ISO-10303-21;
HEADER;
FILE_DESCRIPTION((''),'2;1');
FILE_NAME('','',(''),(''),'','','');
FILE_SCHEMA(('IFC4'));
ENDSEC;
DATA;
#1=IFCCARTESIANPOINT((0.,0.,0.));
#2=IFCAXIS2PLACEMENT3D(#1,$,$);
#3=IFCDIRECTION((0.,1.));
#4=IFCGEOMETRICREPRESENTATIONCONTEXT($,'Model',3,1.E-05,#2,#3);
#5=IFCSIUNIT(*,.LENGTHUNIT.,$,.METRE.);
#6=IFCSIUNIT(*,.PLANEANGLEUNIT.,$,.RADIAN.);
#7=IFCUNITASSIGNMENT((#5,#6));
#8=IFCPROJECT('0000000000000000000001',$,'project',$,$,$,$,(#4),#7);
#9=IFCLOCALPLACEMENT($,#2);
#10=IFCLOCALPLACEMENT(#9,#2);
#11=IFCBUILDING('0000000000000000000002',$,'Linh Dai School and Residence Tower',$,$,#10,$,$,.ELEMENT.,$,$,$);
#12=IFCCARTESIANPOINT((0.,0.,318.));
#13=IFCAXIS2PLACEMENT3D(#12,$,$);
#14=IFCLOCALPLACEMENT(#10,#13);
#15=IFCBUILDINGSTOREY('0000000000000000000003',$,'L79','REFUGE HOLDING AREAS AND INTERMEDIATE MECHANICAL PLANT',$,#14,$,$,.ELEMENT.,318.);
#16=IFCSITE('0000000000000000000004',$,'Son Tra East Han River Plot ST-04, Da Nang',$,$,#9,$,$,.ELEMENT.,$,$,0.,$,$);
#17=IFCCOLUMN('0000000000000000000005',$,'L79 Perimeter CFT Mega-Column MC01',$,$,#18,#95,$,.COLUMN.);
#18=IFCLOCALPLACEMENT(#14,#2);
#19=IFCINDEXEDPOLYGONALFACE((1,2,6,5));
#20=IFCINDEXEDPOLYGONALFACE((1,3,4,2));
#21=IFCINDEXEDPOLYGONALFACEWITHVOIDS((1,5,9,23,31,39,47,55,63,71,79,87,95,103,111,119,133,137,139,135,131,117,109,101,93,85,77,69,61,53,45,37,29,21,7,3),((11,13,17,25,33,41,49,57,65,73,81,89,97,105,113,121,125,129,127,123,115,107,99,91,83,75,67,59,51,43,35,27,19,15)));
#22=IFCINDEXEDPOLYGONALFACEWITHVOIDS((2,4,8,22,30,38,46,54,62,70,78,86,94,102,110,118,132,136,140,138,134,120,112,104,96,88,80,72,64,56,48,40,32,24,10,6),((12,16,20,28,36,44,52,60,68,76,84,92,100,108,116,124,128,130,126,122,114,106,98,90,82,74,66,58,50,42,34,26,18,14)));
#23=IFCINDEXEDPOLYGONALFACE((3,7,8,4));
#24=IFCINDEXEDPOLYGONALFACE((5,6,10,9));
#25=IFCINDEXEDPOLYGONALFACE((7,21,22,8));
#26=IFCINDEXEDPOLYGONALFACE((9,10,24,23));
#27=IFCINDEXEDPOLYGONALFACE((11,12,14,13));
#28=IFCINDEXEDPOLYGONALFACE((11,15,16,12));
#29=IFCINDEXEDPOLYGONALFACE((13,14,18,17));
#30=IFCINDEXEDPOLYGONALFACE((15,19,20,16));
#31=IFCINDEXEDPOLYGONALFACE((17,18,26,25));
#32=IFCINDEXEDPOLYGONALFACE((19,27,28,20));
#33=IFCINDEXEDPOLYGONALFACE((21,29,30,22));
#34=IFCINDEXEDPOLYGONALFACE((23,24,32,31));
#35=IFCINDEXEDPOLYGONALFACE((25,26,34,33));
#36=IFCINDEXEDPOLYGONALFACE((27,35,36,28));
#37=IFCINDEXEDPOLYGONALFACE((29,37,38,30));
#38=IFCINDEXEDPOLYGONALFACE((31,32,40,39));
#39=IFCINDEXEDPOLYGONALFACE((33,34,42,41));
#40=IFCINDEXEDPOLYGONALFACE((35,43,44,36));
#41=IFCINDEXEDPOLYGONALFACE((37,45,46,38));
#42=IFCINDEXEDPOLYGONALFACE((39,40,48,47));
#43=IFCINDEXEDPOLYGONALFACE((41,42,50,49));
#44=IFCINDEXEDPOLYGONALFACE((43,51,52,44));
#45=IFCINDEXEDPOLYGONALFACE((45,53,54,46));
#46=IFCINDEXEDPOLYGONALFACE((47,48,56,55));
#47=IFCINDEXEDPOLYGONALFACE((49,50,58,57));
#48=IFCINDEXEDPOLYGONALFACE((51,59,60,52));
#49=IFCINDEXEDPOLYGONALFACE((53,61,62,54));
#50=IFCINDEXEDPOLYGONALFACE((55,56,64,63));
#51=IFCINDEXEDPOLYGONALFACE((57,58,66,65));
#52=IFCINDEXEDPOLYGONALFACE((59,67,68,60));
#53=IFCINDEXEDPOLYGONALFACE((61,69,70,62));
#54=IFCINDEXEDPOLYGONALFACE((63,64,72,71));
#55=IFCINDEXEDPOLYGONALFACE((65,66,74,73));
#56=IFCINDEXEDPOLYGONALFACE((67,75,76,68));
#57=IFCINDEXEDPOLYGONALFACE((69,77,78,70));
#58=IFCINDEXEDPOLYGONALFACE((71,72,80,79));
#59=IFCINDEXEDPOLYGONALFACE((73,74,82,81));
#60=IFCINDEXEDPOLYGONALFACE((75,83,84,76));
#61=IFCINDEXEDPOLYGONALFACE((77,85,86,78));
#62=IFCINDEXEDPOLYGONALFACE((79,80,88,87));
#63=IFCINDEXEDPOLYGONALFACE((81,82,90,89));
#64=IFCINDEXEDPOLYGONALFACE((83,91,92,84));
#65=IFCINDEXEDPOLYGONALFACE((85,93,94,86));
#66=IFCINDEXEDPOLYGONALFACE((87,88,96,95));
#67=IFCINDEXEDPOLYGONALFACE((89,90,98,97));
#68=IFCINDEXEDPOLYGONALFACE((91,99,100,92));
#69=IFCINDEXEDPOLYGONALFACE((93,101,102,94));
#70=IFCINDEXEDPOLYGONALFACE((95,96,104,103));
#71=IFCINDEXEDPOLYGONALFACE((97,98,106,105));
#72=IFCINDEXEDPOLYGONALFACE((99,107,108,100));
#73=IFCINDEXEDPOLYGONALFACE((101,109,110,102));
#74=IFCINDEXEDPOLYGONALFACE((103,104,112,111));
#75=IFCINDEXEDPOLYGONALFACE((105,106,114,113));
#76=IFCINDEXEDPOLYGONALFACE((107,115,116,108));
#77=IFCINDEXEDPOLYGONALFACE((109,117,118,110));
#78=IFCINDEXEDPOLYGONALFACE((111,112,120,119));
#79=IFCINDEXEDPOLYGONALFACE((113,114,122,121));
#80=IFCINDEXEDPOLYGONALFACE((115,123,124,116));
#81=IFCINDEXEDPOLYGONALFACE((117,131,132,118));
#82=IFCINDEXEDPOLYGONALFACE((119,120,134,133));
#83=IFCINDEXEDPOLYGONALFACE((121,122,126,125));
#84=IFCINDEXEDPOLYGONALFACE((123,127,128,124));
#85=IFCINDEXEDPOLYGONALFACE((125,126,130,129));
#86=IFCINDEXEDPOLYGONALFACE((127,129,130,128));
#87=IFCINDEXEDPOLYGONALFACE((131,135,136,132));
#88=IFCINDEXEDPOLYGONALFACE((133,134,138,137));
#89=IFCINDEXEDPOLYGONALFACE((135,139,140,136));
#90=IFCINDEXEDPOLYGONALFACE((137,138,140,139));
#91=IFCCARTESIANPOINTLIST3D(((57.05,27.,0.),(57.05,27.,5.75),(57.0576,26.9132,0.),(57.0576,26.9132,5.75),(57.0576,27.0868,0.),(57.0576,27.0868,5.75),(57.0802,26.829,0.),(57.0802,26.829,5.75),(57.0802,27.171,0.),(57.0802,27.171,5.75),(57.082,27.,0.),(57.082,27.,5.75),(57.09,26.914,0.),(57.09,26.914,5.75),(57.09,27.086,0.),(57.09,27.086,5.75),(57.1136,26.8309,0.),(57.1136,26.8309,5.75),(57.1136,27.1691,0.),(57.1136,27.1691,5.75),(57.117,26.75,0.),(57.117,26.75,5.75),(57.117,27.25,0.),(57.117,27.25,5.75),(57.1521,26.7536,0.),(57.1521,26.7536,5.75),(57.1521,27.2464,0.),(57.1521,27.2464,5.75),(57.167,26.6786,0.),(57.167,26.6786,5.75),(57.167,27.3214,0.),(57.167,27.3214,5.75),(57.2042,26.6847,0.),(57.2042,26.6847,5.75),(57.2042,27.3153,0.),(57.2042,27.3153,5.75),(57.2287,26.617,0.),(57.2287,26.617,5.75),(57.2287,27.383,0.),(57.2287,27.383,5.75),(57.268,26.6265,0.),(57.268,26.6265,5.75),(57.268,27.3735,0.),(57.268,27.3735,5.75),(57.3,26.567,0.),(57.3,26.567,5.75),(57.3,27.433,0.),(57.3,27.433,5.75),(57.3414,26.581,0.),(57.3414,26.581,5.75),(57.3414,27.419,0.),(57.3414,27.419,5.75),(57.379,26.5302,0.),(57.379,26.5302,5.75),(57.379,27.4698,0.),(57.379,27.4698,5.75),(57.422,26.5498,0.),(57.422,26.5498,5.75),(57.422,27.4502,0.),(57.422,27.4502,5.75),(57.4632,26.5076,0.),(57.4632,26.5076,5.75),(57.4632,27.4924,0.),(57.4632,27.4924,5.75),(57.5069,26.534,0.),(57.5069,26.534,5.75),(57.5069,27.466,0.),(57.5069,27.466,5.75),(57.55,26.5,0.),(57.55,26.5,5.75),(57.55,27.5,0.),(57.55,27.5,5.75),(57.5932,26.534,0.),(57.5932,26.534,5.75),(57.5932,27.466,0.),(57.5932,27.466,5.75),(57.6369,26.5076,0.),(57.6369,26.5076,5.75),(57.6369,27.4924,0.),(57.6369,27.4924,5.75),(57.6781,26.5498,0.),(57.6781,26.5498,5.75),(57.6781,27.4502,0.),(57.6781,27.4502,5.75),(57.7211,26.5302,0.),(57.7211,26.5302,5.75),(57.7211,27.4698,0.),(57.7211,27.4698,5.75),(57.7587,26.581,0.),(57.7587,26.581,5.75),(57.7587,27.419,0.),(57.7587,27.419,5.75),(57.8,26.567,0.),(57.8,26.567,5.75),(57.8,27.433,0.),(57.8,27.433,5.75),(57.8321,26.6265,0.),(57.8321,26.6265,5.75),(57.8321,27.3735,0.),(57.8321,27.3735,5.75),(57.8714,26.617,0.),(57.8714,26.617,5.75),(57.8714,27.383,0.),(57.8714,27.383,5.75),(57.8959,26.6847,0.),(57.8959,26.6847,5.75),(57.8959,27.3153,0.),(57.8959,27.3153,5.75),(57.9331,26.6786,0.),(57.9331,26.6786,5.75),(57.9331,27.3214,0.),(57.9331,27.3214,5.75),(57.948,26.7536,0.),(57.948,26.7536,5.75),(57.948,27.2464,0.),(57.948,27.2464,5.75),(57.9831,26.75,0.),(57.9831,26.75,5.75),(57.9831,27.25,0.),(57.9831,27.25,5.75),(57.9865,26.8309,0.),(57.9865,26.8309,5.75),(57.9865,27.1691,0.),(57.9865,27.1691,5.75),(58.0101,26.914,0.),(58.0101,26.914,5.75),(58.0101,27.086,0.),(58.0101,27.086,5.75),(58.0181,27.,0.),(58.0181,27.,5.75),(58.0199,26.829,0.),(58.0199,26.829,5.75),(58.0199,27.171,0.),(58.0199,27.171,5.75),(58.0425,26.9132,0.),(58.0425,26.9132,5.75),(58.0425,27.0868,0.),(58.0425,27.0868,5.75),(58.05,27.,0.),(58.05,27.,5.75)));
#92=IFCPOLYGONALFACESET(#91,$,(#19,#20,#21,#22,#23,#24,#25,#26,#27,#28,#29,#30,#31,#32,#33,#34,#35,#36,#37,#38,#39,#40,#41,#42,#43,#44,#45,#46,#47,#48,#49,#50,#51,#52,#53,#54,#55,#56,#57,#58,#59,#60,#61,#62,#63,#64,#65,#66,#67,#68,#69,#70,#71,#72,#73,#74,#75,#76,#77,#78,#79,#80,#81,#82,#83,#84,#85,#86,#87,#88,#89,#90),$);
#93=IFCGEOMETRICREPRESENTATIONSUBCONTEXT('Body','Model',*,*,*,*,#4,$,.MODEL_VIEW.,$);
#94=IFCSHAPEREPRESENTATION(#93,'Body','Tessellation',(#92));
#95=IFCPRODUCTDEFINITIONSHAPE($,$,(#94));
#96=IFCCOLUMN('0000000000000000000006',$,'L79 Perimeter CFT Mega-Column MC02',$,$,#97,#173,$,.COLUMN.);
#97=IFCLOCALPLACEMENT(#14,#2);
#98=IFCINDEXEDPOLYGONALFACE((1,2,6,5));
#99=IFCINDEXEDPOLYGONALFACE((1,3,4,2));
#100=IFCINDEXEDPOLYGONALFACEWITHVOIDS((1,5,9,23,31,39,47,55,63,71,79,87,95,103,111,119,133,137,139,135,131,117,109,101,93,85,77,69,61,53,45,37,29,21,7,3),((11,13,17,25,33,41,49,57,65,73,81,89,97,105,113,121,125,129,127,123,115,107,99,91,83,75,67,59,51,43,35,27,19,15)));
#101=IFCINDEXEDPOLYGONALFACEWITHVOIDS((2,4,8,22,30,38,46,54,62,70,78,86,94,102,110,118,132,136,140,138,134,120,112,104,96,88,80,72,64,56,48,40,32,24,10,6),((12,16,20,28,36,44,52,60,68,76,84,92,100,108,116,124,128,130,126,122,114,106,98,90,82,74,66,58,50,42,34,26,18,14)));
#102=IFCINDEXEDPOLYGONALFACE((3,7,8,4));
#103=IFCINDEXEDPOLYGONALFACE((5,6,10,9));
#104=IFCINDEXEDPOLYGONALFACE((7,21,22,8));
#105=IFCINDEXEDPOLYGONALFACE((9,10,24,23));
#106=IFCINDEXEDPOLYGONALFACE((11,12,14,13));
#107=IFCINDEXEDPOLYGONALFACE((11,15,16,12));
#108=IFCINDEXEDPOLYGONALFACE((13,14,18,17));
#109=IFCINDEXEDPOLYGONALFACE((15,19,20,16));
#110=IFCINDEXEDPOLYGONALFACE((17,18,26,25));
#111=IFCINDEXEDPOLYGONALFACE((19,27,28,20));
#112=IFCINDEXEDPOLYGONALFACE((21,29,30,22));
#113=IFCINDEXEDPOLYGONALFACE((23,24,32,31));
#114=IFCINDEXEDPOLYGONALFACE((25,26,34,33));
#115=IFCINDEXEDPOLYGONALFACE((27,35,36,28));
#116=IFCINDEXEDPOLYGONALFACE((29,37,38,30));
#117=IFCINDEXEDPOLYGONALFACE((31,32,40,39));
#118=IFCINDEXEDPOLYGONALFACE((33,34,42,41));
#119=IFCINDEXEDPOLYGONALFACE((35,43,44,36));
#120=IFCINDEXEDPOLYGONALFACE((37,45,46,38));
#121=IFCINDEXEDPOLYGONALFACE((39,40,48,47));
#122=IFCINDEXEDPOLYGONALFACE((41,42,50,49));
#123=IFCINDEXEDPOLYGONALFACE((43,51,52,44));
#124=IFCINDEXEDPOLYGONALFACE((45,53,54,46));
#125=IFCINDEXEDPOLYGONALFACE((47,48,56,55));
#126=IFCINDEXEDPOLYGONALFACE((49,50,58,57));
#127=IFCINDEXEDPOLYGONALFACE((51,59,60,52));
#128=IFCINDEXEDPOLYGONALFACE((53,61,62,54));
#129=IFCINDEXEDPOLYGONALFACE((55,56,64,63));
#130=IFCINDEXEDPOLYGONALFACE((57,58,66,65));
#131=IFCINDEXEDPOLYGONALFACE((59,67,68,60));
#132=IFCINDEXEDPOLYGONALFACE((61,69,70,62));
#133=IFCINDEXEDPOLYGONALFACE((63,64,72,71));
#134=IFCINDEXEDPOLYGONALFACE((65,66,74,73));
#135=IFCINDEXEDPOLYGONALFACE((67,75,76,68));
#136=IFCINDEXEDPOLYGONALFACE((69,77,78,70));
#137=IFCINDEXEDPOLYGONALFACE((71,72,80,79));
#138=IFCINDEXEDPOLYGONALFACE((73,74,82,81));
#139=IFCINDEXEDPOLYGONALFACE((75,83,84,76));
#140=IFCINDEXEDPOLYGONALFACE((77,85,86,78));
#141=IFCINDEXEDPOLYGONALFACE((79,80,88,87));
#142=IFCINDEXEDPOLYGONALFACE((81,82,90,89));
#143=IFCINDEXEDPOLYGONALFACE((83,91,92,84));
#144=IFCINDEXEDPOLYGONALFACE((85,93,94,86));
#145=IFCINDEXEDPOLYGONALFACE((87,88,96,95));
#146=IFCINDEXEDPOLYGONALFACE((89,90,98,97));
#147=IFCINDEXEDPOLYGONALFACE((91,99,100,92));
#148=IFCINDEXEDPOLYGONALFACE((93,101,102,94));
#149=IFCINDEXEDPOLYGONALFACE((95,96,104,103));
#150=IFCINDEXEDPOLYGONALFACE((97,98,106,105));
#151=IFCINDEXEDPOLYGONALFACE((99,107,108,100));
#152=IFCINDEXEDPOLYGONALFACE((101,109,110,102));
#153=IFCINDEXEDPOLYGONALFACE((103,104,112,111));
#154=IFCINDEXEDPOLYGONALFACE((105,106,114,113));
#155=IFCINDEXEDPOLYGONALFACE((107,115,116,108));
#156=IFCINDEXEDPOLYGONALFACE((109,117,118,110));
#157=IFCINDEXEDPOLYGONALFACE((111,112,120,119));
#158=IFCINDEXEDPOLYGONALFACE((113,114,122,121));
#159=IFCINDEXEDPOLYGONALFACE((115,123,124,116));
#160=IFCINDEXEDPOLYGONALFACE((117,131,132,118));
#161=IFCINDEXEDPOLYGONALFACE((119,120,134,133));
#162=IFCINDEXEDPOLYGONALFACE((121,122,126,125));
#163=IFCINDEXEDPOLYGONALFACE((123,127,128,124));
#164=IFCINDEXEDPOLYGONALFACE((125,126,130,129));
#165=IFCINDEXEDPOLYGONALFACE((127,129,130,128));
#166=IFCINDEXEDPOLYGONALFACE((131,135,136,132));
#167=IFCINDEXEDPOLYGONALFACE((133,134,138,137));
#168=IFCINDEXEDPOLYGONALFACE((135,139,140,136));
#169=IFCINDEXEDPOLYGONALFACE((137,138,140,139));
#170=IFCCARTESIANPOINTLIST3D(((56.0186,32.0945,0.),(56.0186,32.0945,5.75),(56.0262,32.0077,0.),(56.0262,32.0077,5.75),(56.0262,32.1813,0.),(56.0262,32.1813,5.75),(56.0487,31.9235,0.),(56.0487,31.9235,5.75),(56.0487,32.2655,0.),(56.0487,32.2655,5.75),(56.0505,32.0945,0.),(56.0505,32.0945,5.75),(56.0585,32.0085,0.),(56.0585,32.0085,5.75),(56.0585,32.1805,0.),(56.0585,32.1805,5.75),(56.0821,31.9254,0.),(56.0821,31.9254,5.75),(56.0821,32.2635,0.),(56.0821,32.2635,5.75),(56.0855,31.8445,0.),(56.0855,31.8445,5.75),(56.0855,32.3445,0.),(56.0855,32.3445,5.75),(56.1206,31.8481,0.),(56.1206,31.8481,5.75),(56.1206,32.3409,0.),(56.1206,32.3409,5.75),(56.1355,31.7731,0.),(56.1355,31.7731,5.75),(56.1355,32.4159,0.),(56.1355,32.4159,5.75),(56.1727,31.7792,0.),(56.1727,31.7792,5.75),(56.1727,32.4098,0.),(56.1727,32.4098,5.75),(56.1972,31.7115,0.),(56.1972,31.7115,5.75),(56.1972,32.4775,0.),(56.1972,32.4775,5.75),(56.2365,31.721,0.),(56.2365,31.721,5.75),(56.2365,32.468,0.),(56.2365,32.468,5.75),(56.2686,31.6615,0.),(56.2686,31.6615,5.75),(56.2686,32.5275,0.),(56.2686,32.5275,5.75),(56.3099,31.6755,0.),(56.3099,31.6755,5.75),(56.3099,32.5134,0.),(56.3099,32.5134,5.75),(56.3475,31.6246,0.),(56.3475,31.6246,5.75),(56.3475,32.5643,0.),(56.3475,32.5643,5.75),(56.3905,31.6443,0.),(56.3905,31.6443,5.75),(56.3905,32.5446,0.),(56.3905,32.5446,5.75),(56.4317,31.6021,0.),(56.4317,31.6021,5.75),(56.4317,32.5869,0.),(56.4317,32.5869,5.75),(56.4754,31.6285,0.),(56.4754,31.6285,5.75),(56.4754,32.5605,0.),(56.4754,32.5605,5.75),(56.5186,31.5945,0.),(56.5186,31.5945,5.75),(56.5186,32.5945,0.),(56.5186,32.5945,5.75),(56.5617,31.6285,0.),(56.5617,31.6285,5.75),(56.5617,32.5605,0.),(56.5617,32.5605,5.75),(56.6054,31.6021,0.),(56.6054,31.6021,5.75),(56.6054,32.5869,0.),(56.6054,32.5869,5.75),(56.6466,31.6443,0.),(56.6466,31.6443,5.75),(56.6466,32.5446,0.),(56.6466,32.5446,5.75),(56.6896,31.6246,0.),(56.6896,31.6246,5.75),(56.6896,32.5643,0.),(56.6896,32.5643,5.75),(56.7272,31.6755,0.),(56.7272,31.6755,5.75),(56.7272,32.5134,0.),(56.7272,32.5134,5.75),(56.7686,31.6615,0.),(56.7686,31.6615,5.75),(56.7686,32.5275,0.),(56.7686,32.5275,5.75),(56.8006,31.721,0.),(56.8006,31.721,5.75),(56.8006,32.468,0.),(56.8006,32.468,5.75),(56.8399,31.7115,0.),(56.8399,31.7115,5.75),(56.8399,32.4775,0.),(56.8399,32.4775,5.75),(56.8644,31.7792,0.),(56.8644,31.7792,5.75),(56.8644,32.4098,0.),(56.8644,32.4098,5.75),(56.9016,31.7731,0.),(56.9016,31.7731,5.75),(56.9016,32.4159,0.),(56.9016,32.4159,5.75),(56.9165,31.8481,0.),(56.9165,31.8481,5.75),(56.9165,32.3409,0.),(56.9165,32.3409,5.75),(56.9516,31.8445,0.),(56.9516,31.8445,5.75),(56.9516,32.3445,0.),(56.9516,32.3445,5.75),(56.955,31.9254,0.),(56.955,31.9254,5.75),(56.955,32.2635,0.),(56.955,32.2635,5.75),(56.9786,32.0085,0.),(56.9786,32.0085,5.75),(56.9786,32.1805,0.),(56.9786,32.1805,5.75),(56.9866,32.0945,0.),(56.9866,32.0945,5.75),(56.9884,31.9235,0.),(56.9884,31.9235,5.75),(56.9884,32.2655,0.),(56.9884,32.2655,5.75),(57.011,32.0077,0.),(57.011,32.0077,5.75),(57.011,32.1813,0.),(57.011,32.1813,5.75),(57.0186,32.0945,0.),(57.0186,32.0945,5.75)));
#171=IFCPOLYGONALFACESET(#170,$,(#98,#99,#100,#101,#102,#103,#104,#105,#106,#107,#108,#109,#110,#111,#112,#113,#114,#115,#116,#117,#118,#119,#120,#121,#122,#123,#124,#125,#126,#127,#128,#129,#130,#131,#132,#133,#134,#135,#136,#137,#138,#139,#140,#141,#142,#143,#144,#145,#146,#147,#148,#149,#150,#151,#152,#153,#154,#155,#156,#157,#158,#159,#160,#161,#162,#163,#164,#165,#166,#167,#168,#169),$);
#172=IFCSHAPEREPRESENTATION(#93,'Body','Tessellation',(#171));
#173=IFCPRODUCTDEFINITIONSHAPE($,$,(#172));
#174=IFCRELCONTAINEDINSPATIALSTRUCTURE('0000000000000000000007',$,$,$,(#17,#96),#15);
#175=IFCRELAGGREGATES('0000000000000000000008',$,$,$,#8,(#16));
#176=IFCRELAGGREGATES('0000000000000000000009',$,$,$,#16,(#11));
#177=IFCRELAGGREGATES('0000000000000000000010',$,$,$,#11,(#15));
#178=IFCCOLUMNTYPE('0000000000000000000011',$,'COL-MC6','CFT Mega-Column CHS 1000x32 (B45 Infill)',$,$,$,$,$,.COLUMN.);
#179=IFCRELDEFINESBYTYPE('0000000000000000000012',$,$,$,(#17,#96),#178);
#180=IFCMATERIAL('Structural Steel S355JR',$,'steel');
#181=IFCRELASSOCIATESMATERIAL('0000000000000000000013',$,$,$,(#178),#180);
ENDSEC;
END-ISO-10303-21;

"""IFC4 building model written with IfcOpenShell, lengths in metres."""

from ifc_helpers import new_model, si_unit, direction, frame, origin, origin_2d, place, context, subcontext, project, spatial, hollow_circle, extrude, material, material_profile, profile_set, type_object, element, save


model = new_model("IFC4")

# Units and contexts
model_context = context("Model", 3, precision=1e-05, world=origin(), true_north=direction((0.0, 1.0)))
body_context = subcontext(model_context, "Body", "Model", "MODEL_VIEW")
ifc_project = project(units=[si_unit("LENGTHUNIT", "METRE"), si_unit("PLANEANGLEUNIT", "RADIAN")], contexts=[model_context])

# Site, building, storey
site_placement = place(None, origin())
site = spatial("IfcSite", under=ifc_project, at=site_placement, Name="Son Tra East Han River Plot ST-04, Da Nang", CompositionType="ELEMENT", RefElevation=0.0)
building_placement = place(site_placement, origin())
building = spatial("IfcBuilding", under=site, at=building_placement, Name="Linh Dai School and Residence Tower", CompositionType="ELEMENT")
storey_placement = place(building_placement, frame((0.0, 0.0, 318.0)))
storey = spatial("IfcBuildingStorey", under=building, at=storey_placement, Name="L79", Description="REFUGE HOLDING AREAS AND INTERMEDIATE MECHANICAL PLANT", CompositionType="ELEMENT", Elevation=318.0)

# Columns
ifc_material_1 = material(Name="Structural Steel S355JR", Category="steel")
ifc_material_profile_1 = material_profile(ifc_material_1, hollow_circle(Radius=0.5, WallThickness=0.032, at=origin_2d()), Name="CHS 1000x32")
ifc_profile_set_1 = profile_set([ifc_material_profile_1], Name="Structural Steel S355JR")
column_type = type_object("IfcColumnType", Name="COL-MC6", Description="CFT Mega-Column CHS 1000x32 (B45 Infill)", PredefinedType="COLUMN", material=ifc_profile_set_1)
for number, where, z_axis, x_axis, name in (
    (1, (57.55, 27.0, 0.0), (0.0, 0.0, 1.0), (1.0, 0.0, 0.0), "L79 Perimeter CFT Mega-Column MC01"),
    (2, (56.5186, 32.0945, 0.0), (0.0, 0.0, 1.0), (1.0, 0.0, 0.0), "L79 Perimeter CFT Mega-Column MC02"),
):
    element("IfcColumn", number, at=place(storey_placement, frame(where, z_axis=z_axis, x_axis=x_axis)), inside=storey, type_object=column_type, Name=name, PredefinedType="COLUMN", context=body_context, shape_type="SweptSolid", body=[
        extrude(hollow_circle(Radius=0.5, WallThickness=0.032, at=origin_2d()), origin(), (0.0, 0.0, 1.0), 5.75),
    ])

save(model, "model.ifc")
